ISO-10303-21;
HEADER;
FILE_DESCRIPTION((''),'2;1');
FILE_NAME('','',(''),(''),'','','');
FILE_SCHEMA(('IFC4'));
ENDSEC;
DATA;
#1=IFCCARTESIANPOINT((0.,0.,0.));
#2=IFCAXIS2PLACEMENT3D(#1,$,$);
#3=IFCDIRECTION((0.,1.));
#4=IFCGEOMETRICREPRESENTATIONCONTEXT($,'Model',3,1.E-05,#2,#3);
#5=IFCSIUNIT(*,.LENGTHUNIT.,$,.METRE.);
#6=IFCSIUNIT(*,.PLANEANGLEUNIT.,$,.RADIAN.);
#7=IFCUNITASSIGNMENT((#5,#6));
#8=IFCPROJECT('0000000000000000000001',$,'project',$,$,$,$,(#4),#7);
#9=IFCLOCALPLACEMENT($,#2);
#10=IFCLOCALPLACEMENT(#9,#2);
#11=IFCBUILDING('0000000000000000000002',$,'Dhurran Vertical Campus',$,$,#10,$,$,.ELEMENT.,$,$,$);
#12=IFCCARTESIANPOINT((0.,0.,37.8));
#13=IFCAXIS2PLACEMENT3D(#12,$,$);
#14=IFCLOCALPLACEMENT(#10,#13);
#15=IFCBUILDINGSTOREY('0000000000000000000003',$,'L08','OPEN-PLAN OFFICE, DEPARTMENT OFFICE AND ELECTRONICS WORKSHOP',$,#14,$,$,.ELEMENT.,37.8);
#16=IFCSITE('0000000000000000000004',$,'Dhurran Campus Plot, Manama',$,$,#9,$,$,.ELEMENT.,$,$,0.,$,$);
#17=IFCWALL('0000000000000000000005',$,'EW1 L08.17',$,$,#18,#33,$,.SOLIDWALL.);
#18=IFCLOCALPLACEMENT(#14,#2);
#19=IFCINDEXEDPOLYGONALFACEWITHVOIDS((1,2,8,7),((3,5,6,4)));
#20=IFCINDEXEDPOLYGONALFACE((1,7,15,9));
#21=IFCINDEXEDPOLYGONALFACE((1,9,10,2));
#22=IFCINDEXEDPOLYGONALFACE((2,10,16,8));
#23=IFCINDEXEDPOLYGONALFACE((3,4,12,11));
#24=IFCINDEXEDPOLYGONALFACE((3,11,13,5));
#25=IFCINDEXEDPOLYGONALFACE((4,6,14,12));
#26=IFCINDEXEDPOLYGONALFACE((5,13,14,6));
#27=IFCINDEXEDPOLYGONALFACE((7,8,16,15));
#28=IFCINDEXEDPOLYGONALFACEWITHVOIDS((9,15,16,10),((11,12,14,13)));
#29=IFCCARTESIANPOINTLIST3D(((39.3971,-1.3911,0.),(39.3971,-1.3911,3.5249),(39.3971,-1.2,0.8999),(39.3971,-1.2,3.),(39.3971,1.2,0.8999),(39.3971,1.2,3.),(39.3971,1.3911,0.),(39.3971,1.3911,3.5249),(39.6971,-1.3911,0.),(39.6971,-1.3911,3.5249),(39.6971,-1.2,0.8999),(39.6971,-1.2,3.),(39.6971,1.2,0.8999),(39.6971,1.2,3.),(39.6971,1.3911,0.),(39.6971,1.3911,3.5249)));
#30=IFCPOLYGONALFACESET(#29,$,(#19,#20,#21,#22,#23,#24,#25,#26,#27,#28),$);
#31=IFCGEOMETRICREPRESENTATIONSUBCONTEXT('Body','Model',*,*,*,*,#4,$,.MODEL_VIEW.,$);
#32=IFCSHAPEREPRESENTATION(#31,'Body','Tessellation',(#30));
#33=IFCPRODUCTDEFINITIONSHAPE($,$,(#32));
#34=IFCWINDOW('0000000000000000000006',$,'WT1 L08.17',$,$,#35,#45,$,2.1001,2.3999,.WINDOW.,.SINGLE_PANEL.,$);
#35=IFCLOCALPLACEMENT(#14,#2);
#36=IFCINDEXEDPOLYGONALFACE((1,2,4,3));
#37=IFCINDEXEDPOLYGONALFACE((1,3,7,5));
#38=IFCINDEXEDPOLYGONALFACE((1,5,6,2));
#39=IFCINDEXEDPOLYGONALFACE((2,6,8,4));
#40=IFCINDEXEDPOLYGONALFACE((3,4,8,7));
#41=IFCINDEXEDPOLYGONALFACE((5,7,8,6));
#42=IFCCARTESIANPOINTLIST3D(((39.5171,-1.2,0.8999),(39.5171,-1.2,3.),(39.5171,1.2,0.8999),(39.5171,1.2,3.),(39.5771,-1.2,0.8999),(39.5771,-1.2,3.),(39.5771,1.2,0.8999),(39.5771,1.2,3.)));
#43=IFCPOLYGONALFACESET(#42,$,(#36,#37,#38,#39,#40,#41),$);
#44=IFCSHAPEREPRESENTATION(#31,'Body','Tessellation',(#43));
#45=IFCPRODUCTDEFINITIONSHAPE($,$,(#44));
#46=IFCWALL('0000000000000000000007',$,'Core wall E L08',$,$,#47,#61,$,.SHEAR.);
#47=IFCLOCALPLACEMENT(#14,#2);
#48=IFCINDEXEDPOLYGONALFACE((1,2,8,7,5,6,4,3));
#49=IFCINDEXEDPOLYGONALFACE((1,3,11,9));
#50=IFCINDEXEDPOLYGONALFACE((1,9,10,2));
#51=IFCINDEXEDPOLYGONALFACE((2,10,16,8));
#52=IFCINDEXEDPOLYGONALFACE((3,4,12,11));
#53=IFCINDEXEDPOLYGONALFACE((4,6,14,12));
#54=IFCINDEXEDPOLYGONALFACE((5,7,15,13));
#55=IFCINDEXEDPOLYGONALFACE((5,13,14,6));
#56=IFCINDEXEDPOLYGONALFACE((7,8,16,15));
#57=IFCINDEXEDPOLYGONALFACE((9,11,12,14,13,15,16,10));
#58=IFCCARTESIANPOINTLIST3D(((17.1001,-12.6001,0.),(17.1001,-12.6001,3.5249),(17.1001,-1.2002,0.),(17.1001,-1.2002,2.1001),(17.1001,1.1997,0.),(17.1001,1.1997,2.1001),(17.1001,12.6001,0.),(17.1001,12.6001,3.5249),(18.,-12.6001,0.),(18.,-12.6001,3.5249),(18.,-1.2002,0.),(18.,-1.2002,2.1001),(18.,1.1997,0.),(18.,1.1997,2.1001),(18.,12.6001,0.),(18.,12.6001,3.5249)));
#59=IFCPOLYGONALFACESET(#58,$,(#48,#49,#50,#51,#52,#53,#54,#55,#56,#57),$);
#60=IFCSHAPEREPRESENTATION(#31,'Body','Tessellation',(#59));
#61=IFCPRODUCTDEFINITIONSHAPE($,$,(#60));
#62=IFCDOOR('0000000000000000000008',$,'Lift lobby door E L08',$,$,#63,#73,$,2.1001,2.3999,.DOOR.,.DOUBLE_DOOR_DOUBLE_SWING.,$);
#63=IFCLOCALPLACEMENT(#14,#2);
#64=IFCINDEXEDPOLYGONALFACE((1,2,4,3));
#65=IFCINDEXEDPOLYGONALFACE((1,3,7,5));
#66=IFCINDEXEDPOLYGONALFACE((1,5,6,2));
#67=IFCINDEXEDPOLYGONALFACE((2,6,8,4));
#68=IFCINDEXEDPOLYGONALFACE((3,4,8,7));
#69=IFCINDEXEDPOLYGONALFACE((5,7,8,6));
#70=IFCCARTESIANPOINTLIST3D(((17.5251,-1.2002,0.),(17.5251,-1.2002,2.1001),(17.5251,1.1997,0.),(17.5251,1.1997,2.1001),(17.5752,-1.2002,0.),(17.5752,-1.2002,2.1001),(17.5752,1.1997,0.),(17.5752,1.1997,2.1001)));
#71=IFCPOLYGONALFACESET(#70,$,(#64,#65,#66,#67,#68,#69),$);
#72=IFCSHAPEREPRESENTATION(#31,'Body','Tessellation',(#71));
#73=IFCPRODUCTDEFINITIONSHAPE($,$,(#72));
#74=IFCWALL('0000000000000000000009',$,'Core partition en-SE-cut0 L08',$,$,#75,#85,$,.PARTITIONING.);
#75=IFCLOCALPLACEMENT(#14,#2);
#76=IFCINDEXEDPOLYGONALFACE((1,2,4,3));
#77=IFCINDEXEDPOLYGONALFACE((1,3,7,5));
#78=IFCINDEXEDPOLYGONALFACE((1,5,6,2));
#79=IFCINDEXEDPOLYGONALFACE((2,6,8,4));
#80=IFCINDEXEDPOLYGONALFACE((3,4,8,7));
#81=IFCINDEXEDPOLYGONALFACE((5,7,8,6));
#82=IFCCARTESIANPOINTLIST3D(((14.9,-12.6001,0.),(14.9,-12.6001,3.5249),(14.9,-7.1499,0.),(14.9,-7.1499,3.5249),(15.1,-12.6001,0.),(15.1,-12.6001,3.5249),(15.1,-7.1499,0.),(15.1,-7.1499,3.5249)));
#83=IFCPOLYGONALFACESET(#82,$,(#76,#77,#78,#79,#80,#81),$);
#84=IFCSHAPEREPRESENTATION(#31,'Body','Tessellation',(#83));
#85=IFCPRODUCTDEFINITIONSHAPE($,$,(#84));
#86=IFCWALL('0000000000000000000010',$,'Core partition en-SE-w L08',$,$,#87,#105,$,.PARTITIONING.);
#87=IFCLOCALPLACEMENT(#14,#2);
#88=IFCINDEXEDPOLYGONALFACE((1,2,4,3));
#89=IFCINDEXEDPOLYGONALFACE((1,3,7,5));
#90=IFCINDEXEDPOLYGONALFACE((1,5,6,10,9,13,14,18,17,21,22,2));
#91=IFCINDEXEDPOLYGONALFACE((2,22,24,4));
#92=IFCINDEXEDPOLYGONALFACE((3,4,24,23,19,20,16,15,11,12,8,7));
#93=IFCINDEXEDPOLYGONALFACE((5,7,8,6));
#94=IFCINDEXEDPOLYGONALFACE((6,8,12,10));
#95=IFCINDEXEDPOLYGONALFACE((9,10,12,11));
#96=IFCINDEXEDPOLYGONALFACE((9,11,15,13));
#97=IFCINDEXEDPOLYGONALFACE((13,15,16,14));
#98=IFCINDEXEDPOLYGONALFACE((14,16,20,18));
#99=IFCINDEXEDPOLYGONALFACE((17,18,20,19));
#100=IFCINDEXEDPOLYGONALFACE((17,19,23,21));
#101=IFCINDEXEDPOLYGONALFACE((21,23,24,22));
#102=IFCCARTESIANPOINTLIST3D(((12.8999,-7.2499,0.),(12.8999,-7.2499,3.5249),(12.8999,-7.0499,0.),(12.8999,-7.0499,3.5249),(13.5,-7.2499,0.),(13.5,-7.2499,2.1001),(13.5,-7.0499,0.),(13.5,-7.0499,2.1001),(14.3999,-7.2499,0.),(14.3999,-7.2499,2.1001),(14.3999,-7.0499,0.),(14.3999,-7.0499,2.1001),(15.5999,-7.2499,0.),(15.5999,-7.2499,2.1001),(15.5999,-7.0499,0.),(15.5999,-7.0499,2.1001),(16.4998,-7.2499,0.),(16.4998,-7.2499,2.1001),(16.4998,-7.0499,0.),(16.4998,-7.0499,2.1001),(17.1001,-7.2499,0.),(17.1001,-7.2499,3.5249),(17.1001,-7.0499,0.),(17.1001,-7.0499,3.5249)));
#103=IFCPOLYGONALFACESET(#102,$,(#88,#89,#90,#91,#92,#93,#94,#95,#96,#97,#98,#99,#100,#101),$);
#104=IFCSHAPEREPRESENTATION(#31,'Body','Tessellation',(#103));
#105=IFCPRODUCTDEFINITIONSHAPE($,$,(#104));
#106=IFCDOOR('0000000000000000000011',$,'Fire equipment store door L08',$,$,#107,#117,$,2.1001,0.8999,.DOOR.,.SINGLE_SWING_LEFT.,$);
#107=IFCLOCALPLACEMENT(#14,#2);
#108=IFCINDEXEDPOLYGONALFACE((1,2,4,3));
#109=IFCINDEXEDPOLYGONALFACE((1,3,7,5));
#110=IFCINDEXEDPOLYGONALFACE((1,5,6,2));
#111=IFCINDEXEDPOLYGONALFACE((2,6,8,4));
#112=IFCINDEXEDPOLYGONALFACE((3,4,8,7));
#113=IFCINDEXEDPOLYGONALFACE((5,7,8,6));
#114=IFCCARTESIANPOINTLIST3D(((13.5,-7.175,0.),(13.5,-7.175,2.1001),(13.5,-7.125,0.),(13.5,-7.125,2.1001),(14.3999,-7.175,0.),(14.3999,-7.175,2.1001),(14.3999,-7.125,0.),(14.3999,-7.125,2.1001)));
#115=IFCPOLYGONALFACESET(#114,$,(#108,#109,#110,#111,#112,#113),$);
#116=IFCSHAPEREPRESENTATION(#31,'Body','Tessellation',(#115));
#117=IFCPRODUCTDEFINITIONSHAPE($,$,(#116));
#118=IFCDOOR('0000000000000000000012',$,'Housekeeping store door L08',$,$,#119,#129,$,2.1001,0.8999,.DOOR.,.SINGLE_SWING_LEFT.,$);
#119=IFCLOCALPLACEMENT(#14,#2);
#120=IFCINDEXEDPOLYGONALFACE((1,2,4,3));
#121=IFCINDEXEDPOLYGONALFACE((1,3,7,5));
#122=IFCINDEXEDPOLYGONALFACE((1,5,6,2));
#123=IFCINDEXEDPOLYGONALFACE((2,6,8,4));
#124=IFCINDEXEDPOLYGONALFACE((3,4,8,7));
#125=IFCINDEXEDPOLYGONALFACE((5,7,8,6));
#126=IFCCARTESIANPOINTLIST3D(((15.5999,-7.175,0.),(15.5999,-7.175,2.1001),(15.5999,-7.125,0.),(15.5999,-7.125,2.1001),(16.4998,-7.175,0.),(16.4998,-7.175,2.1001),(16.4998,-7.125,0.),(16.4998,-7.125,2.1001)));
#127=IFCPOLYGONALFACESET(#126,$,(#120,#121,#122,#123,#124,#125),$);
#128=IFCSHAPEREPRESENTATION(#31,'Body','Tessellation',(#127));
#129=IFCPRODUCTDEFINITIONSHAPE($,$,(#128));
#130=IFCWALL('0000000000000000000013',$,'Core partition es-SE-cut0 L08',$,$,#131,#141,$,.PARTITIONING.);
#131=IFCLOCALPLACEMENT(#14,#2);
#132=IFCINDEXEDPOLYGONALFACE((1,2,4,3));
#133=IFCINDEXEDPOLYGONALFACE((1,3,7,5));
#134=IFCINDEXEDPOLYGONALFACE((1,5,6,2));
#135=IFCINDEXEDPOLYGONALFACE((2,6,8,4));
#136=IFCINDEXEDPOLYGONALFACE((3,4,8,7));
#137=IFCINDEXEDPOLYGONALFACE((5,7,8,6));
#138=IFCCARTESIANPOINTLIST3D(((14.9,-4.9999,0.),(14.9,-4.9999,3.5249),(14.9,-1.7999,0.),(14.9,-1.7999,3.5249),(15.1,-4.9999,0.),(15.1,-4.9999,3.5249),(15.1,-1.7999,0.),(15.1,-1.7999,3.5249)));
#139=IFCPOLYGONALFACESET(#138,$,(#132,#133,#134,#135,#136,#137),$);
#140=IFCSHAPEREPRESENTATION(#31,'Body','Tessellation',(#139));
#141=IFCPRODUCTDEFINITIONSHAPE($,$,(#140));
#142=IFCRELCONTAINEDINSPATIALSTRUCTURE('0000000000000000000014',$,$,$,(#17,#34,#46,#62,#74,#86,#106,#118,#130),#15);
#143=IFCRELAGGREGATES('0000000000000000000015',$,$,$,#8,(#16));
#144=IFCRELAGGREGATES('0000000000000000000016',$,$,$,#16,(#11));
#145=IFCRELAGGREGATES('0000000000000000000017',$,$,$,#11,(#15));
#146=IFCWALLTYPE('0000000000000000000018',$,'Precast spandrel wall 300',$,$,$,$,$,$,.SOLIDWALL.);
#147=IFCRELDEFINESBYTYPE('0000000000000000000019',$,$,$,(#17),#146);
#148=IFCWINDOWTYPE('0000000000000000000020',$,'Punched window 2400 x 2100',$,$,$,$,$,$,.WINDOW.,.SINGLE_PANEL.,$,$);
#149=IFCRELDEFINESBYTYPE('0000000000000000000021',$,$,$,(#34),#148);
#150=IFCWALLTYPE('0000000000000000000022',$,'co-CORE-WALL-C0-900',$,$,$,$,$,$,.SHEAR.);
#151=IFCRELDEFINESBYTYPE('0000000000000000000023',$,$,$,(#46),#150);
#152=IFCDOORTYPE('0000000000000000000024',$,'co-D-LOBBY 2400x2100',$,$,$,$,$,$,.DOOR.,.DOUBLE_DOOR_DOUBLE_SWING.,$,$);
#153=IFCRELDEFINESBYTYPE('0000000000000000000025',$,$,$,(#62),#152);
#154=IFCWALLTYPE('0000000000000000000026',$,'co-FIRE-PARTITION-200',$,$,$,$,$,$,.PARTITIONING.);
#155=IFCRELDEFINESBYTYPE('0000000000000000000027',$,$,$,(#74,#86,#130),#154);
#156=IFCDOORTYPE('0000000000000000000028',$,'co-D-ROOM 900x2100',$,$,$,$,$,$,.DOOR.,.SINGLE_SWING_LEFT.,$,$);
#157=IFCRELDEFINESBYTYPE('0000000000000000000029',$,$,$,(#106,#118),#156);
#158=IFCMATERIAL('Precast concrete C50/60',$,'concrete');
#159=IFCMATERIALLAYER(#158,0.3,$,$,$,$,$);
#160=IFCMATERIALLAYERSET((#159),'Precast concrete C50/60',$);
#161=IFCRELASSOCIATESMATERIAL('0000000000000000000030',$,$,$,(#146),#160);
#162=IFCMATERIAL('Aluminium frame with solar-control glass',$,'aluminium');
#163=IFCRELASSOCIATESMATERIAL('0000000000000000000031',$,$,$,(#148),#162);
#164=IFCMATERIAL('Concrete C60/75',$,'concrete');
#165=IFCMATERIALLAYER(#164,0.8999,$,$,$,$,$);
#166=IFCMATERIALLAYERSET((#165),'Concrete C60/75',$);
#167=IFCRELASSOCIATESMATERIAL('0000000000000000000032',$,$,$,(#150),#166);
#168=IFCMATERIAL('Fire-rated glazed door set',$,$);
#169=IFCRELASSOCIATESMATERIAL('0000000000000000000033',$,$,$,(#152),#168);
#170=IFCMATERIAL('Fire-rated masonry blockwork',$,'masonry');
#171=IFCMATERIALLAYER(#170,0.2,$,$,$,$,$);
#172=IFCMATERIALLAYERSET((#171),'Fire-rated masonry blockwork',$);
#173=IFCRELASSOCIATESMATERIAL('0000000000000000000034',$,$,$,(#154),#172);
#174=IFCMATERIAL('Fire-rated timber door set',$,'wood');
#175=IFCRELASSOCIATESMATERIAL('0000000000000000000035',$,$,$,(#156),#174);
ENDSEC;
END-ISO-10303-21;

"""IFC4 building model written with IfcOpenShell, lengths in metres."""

from ifc_helpers import new_model, si_unit, direction, frame, frame_2d, origin, place, context, subcontext, project, spatial, rectangle, extrude, material, layer, layer_set, type_object, element, fill, save


model = new_model("IFC4")

# Units and contexts
model_context = context("Model", 3, precision=1e-05, world=origin(), true_north=direction((0.0, 1.0)))
body_context = subcontext(model_context, "Body", "Model", "MODEL_VIEW")
ifc_project = project(units=[si_unit("LENGTHUNIT", "METRE"), si_unit("PLANEANGLEUNIT", "RADIAN")], contexts=[model_context])

# Site, building, storey
site_placement = place(None, origin())
site = spatial("IfcSite", under=ifc_project, at=site_placement, Name="Dhurran Campus Plot, Manama", CompositionType="ELEMENT", RefElevation=0.0)
building_placement = place(site_placement, origin())
building = spatial("IfcBuilding", under=site, at=building_placement, Name="Dhurran Vertical Campus", CompositionType="ELEMENT")
storey_placement = place(building_placement, frame((0.0, 0.0, 37.8)))
storey = spatial("IfcBuildingStorey", under=building, at=storey_placement, Name="L08", Description="OPEN-PLAN OFFICE, DEPARTMENT OFFICE AND ELECTRONICS WORKSHOP", CompositionType="ELEMENT", Elevation=37.8)

# Wall, opening, window
ifc_material_1 = material(Name="Precast concrete C50/60", Category="concrete")
ifc_layer_1 = layer(ifc_material_1, 0.3)
ifc_layer_set_1 = layer_set([ifc_layer_1], Name="Precast concrete C50/60")
wall_type_1 = type_object("IfcWallType", Name="Precast spandrel wall 300", PredefinedType="SOLIDWALL", material=ifc_layer_set_1)
ifc_material_2 = material(Name="Aluminium frame with solar-control glass", Category="aluminium")
window_type = type_object("IfcWindowType", Name="Punched window 2400 x 2100", PartitioningType="SINGLE_PANEL", PredefinedType="WINDOW", material=ifc_material_2)
wall_1_placement = place(storey_placement, frame((39.5471, -1.3911, 0.0), z_axis=(0.0, 0.0, 1.0), x_axis=(0.0, 1.0, 0.0)))
wall_1 = element("IfcWall", 1, at=wall_1_placement, inside=storey, type_object=wall_type_1, Name="EW1 L08.17", PredefinedType="SOLIDWALL", context=body_context, shape_type="SweptSolid", body=[
    extrude(rectangle(XDim=2.7822, YDim=0.3, at=frame_2d((1.3911, 0.0))), origin(), (0.0, 0.0, 1.0), 3.5249),
])
opening_1_placement = place(wall_1_placement, frame((0.1912, 0.0, 0.8999)))
opening_1 = element("IfcOpeningElement", 2, at=opening_1_placement, cuts=wall_1, PredefinedType="OPENING", context=body_context, shape_type="SweptSolid", body=[
    extrude(rectangle(XDim=2.3999, YDim=2.1001, at=frame_2d((1.2, 1.05))), frame((0.0, 0.1599, 0.0), z_axis=(0.0, -1.0, 0.0), x_axis=(1.0, 0.0, 0.0)), (0.0, 0.0, 1.0), 0.3201),
])
window_1_placement = place(opening_1_placement, origin())
window_1 = element("IfcWindow", 3, at=window_1_placement, inside=storey, type_object=window_type, Name="WT1 L08.17", OverallHeight=2.1001, OverallWidth=2.3999, PartitioningType="SINGLE_PANEL", PredefinedType="WINDOW", context=body_context, shape_type="SweptSolid", body=[
    extrude(rectangle(XDim=2.3999, YDim=2.1001, at=frame_2d((1.2, 1.05))), frame((0.0, 0.03, 0.0), z_axis=(0.0, -1.0, 0.0), x_axis=(1.0, 0.0, 0.0)), (0.0, 0.0, 1.0), 0.0601),
])
fill(opening_1, window_1)

# Wall, opening, door
ifc_material_3 = material(Name="Concrete C60/75", Category="concrete")
ifc_layer_2 = layer(ifc_material_3, 0.8999)
ifc_layer_set_2 = layer_set([ifc_layer_2], Name="Concrete C60/75")
wall_type_2 = type_object("IfcWallType", Name="co-CORE-WALL-C0-900", PredefinedType="SHEAR", material=ifc_layer_set_2)
wall_2_placement = place(storey_placement, frame((17.55, -12.6001, 0.0), z_axis=(0.0, 0.0, 1.0), x_axis=(0.0, 1.0, 0.0)))
wall_2 = element("IfcWall", 4, at=wall_2_placement, inside=storey, type_object=wall_type_2, Name="Core wall E L08", PredefinedType="SHEAR", context=body_context, shape_type="SweptSolid", body=[
    extrude(rectangle(XDim=25.2002, YDim=0.8999, at=frame_2d((12.6001, 0.0))), origin(), (0.0, 0.0, 1.0), 3.5249),
])
opening_2_placement = place(wall_2_placement, frame((11.3999, 0.0, 0.0)))
opening_2 = element("IfcOpeningElement", 5, at=opening_2_placement, cuts=wall_2, PredefinedType="OPENING", context=body_context, shape_type="SweptSolid", body=[
    extrude(rectangle(XDim=2.3999, YDim=2.1001, at=frame_2d((1.2, 1.05))), frame((0.0, 0.46, 0.0), z_axis=(0.0, -1.0, 0.0), x_axis=(1.0, 0.0, 0.0)), (0.0, 0.0, 1.0), 0.9199),
])
ifc_material_4 = material(Name="Fire-rated glazed door set")
door_type_1 = type_object("IfcDoorType", Name="co-D-LOBBY 2400x2100", OperationType="DOUBLE_DOOR_DOUBLE_SWING", PredefinedType="DOOR", material=ifc_material_4)
door_1_placement = place(opening_2_placement, origin())
door_1 = element("IfcDoor", 6, at=door_1_placement, inside=storey, type_object=door_type_1, Name="Lift lobby door E L08", OperationType="DOUBLE_DOOR_DOUBLE_SWING", OverallHeight=2.1001, OverallWidth=2.3999, PredefinedType="DOOR", context=body_context, shape_type="SweptSolid", body=[
    extrude(rectangle(XDim=2.3999, YDim=2.1001, at=frame_2d((1.2, 1.05))), frame((0.0, 0.0249, 0.0), z_axis=(0.0, -1.0, 0.0), x_axis=(1.0, 0.0, 0.0)), (0.0, 0.0, 1.0), 0.05),
])
fill(opening_2, door_1)

# Wall
ifc_material_5 = material(Name="Fire-rated masonry blockwork", Category="masonry")
ifc_layer_3 = layer(ifc_material_5, 0.2)
ifc_layer_set_3 = layer_set([ifc_layer_3], Name="Fire-rated masonry blockwork")
wall_type_3 = type_object("IfcWallType", Name="co-FIRE-PARTITION-200", PredefinedType="PARTITIONING", material=ifc_layer_set_3)
wall_3_placement = place(storey_placement, frame((15.0, -12.6001, 0.0), z_axis=(0.0, 0.0, 1.0), x_axis=(0.0, 1.0, 0.0)))
element("IfcWall", 7, at=wall_3_placement, inside=storey, type_object=wall_type_3, Name="Core partition en-SE-cut0 L08", PredefinedType="PARTITIONING", context=body_context, shape_type="SweptSolid", body=[
    extrude(rectangle(XDim=5.4502, YDim=0.2, at=frame_2d((2.7251, 0.0))), origin(), (0.0, 0.0, 1.0), 3.5249),
])

# Wall, openings, doors
wall_4_placement = place(storey_placement, frame((12.8999, -7.1499, 0.0), z_axis=(0.0, 0.0, 1.0), x_axis=(1.0, 0.0, 0.0)))
wall_4 = element("IfcWall", 8, at=wall_4_placement, inside=storey, type_object=wall_type_3, Name="Core partition en-SE-w L08", PredefinedType="PARTITIONING", context=body_context, shape_type="SweptSolid", body=[
    extrude(rectangle(XDim=4.2002, YDim=0.2, at=frame_2d((2.1001, 0.0))), origin(), (0.0, 0.0, 1.0), 3.5249),
])
opening_3_placement = place(wall_4_placement, frame((0.6001, 0.0, 0.0)))
opening_3 = element("IfcOpeningElement", 9, at=opening_3_placement, cuts=wall_4, PredefinedType="OPENING", context=body_context, shape_type="SweptSolid", body=[
    extrude(rectangle(XDim=0.8999, YDim=2.1001, at=frame_2d((0.45, 1.05))), frame((0.0, 0.1099, 0.0), z_axis=(0.0, -1.0, 0.0), x_axis=(1.0, 0.0, 0.0)), (0.0, 0.0, 1.0), 0.22),
])
opening_4_placement = place(wall_4_placement, frame((2.7, 0.0, 0.0)))
opening_4 = element("IfcOpeningElement", 10, at=opening_4_placement, cuts=wall_4, PredefinedType="OPENING", context=body_context, shape_type="SweptSolid", body=[
    extrude(rectangle(XDim=0.8999, YDim=2.1001, at=frame_2d((0.45, 1.05))), frame((0.0, 0.1099, 0.0), z_axis=(0.0, -1.0, 0.0), x_axis=(1.0, 0.0, 0.0)), (0.0, 0.0, 1.0), 0.22),
])
ifc_material_6 = material(Name="Fire-rated timber door set", Category="wood")
door_type_2 = type_object("IfcDoorType", Name="co-D-ROOM 900x2100", OperationType="SINGLE_SWING_LEFT", PredefinedType="DOOR", material=ifc_material_6)
door_2_placement = place(opening_3_placement, origin())
door_2 = element("IfcDoor", 11, at=door_2_placement, inside=storey, type_object=door_type_2, Name="Fire equipment store door L08", OperationType="SINGLE_SWING_LEFT", OverallHeight=2.1001, OverallWidth=0.8999, PredefinedType="DOOR", context=body_context, shape_type="SweptSolid", body=[
    extrude(rectangle(XDim=0.8999, YDim=2.1001, at=frame_2d((0.45, 1.05))), frame((0.0, 0.0249, 0.0), z_axis=(0.0, -1.0, 0.0), x_axis=(1.0, 0.0, 0.0)), (0.0, 0.0, 1.0), 0.05),
])
fill(opening_3, door_2)
door_3_placement = place(opening_4_placement, origin())
door_3 = element("IfcDoor", 12, at=door_3_placement, inside=storey, type_object=door_type_2, Name="Housekeeping store door L08", OperationType="SINGLE_SWING_LEFT", OverallHeight=2.1001, OverallWidth=0.8999, PredefinedType="DOOR", context=body_context, shape_type="SweptSolid", body=[
    extrude(rectangle(XDim=0.8999, YDim=2.1001, at=frame_2d((0.45, 1.05))), frame((0.0, 0.0249, 0.0), z_axis=(0.0, -1.0, 0.0), x_axis=(1.0, 0.0, 0.0)), (0.0, 0.0, 1.0), 0.05),
])
fill(opening_4, door_3)

# Wall
wall_5_placement = place(storey_placement, frame((15.0, -5.0, 0.0), z_axis=(0.0, 0.0, 1.0), x_axis=(0.0, 1.0, 0.0)))
element("IfcWall", 13, at=wall_5_placement, inside=storey, type_object=wall_type_3, Name="Core partition es-SE-cut0 L08", PredefinedType="PARTITIONING", context=body_context, shape_type="SweptSolid", body=[
    extrude(rectangle(XDim=3.2, YDim=0.2, at=frame_2d((1.6001, 0.0))), origin(), (0.0, 0.0, 1.0), 3.5249),
])

save(model, "model.ifc")
